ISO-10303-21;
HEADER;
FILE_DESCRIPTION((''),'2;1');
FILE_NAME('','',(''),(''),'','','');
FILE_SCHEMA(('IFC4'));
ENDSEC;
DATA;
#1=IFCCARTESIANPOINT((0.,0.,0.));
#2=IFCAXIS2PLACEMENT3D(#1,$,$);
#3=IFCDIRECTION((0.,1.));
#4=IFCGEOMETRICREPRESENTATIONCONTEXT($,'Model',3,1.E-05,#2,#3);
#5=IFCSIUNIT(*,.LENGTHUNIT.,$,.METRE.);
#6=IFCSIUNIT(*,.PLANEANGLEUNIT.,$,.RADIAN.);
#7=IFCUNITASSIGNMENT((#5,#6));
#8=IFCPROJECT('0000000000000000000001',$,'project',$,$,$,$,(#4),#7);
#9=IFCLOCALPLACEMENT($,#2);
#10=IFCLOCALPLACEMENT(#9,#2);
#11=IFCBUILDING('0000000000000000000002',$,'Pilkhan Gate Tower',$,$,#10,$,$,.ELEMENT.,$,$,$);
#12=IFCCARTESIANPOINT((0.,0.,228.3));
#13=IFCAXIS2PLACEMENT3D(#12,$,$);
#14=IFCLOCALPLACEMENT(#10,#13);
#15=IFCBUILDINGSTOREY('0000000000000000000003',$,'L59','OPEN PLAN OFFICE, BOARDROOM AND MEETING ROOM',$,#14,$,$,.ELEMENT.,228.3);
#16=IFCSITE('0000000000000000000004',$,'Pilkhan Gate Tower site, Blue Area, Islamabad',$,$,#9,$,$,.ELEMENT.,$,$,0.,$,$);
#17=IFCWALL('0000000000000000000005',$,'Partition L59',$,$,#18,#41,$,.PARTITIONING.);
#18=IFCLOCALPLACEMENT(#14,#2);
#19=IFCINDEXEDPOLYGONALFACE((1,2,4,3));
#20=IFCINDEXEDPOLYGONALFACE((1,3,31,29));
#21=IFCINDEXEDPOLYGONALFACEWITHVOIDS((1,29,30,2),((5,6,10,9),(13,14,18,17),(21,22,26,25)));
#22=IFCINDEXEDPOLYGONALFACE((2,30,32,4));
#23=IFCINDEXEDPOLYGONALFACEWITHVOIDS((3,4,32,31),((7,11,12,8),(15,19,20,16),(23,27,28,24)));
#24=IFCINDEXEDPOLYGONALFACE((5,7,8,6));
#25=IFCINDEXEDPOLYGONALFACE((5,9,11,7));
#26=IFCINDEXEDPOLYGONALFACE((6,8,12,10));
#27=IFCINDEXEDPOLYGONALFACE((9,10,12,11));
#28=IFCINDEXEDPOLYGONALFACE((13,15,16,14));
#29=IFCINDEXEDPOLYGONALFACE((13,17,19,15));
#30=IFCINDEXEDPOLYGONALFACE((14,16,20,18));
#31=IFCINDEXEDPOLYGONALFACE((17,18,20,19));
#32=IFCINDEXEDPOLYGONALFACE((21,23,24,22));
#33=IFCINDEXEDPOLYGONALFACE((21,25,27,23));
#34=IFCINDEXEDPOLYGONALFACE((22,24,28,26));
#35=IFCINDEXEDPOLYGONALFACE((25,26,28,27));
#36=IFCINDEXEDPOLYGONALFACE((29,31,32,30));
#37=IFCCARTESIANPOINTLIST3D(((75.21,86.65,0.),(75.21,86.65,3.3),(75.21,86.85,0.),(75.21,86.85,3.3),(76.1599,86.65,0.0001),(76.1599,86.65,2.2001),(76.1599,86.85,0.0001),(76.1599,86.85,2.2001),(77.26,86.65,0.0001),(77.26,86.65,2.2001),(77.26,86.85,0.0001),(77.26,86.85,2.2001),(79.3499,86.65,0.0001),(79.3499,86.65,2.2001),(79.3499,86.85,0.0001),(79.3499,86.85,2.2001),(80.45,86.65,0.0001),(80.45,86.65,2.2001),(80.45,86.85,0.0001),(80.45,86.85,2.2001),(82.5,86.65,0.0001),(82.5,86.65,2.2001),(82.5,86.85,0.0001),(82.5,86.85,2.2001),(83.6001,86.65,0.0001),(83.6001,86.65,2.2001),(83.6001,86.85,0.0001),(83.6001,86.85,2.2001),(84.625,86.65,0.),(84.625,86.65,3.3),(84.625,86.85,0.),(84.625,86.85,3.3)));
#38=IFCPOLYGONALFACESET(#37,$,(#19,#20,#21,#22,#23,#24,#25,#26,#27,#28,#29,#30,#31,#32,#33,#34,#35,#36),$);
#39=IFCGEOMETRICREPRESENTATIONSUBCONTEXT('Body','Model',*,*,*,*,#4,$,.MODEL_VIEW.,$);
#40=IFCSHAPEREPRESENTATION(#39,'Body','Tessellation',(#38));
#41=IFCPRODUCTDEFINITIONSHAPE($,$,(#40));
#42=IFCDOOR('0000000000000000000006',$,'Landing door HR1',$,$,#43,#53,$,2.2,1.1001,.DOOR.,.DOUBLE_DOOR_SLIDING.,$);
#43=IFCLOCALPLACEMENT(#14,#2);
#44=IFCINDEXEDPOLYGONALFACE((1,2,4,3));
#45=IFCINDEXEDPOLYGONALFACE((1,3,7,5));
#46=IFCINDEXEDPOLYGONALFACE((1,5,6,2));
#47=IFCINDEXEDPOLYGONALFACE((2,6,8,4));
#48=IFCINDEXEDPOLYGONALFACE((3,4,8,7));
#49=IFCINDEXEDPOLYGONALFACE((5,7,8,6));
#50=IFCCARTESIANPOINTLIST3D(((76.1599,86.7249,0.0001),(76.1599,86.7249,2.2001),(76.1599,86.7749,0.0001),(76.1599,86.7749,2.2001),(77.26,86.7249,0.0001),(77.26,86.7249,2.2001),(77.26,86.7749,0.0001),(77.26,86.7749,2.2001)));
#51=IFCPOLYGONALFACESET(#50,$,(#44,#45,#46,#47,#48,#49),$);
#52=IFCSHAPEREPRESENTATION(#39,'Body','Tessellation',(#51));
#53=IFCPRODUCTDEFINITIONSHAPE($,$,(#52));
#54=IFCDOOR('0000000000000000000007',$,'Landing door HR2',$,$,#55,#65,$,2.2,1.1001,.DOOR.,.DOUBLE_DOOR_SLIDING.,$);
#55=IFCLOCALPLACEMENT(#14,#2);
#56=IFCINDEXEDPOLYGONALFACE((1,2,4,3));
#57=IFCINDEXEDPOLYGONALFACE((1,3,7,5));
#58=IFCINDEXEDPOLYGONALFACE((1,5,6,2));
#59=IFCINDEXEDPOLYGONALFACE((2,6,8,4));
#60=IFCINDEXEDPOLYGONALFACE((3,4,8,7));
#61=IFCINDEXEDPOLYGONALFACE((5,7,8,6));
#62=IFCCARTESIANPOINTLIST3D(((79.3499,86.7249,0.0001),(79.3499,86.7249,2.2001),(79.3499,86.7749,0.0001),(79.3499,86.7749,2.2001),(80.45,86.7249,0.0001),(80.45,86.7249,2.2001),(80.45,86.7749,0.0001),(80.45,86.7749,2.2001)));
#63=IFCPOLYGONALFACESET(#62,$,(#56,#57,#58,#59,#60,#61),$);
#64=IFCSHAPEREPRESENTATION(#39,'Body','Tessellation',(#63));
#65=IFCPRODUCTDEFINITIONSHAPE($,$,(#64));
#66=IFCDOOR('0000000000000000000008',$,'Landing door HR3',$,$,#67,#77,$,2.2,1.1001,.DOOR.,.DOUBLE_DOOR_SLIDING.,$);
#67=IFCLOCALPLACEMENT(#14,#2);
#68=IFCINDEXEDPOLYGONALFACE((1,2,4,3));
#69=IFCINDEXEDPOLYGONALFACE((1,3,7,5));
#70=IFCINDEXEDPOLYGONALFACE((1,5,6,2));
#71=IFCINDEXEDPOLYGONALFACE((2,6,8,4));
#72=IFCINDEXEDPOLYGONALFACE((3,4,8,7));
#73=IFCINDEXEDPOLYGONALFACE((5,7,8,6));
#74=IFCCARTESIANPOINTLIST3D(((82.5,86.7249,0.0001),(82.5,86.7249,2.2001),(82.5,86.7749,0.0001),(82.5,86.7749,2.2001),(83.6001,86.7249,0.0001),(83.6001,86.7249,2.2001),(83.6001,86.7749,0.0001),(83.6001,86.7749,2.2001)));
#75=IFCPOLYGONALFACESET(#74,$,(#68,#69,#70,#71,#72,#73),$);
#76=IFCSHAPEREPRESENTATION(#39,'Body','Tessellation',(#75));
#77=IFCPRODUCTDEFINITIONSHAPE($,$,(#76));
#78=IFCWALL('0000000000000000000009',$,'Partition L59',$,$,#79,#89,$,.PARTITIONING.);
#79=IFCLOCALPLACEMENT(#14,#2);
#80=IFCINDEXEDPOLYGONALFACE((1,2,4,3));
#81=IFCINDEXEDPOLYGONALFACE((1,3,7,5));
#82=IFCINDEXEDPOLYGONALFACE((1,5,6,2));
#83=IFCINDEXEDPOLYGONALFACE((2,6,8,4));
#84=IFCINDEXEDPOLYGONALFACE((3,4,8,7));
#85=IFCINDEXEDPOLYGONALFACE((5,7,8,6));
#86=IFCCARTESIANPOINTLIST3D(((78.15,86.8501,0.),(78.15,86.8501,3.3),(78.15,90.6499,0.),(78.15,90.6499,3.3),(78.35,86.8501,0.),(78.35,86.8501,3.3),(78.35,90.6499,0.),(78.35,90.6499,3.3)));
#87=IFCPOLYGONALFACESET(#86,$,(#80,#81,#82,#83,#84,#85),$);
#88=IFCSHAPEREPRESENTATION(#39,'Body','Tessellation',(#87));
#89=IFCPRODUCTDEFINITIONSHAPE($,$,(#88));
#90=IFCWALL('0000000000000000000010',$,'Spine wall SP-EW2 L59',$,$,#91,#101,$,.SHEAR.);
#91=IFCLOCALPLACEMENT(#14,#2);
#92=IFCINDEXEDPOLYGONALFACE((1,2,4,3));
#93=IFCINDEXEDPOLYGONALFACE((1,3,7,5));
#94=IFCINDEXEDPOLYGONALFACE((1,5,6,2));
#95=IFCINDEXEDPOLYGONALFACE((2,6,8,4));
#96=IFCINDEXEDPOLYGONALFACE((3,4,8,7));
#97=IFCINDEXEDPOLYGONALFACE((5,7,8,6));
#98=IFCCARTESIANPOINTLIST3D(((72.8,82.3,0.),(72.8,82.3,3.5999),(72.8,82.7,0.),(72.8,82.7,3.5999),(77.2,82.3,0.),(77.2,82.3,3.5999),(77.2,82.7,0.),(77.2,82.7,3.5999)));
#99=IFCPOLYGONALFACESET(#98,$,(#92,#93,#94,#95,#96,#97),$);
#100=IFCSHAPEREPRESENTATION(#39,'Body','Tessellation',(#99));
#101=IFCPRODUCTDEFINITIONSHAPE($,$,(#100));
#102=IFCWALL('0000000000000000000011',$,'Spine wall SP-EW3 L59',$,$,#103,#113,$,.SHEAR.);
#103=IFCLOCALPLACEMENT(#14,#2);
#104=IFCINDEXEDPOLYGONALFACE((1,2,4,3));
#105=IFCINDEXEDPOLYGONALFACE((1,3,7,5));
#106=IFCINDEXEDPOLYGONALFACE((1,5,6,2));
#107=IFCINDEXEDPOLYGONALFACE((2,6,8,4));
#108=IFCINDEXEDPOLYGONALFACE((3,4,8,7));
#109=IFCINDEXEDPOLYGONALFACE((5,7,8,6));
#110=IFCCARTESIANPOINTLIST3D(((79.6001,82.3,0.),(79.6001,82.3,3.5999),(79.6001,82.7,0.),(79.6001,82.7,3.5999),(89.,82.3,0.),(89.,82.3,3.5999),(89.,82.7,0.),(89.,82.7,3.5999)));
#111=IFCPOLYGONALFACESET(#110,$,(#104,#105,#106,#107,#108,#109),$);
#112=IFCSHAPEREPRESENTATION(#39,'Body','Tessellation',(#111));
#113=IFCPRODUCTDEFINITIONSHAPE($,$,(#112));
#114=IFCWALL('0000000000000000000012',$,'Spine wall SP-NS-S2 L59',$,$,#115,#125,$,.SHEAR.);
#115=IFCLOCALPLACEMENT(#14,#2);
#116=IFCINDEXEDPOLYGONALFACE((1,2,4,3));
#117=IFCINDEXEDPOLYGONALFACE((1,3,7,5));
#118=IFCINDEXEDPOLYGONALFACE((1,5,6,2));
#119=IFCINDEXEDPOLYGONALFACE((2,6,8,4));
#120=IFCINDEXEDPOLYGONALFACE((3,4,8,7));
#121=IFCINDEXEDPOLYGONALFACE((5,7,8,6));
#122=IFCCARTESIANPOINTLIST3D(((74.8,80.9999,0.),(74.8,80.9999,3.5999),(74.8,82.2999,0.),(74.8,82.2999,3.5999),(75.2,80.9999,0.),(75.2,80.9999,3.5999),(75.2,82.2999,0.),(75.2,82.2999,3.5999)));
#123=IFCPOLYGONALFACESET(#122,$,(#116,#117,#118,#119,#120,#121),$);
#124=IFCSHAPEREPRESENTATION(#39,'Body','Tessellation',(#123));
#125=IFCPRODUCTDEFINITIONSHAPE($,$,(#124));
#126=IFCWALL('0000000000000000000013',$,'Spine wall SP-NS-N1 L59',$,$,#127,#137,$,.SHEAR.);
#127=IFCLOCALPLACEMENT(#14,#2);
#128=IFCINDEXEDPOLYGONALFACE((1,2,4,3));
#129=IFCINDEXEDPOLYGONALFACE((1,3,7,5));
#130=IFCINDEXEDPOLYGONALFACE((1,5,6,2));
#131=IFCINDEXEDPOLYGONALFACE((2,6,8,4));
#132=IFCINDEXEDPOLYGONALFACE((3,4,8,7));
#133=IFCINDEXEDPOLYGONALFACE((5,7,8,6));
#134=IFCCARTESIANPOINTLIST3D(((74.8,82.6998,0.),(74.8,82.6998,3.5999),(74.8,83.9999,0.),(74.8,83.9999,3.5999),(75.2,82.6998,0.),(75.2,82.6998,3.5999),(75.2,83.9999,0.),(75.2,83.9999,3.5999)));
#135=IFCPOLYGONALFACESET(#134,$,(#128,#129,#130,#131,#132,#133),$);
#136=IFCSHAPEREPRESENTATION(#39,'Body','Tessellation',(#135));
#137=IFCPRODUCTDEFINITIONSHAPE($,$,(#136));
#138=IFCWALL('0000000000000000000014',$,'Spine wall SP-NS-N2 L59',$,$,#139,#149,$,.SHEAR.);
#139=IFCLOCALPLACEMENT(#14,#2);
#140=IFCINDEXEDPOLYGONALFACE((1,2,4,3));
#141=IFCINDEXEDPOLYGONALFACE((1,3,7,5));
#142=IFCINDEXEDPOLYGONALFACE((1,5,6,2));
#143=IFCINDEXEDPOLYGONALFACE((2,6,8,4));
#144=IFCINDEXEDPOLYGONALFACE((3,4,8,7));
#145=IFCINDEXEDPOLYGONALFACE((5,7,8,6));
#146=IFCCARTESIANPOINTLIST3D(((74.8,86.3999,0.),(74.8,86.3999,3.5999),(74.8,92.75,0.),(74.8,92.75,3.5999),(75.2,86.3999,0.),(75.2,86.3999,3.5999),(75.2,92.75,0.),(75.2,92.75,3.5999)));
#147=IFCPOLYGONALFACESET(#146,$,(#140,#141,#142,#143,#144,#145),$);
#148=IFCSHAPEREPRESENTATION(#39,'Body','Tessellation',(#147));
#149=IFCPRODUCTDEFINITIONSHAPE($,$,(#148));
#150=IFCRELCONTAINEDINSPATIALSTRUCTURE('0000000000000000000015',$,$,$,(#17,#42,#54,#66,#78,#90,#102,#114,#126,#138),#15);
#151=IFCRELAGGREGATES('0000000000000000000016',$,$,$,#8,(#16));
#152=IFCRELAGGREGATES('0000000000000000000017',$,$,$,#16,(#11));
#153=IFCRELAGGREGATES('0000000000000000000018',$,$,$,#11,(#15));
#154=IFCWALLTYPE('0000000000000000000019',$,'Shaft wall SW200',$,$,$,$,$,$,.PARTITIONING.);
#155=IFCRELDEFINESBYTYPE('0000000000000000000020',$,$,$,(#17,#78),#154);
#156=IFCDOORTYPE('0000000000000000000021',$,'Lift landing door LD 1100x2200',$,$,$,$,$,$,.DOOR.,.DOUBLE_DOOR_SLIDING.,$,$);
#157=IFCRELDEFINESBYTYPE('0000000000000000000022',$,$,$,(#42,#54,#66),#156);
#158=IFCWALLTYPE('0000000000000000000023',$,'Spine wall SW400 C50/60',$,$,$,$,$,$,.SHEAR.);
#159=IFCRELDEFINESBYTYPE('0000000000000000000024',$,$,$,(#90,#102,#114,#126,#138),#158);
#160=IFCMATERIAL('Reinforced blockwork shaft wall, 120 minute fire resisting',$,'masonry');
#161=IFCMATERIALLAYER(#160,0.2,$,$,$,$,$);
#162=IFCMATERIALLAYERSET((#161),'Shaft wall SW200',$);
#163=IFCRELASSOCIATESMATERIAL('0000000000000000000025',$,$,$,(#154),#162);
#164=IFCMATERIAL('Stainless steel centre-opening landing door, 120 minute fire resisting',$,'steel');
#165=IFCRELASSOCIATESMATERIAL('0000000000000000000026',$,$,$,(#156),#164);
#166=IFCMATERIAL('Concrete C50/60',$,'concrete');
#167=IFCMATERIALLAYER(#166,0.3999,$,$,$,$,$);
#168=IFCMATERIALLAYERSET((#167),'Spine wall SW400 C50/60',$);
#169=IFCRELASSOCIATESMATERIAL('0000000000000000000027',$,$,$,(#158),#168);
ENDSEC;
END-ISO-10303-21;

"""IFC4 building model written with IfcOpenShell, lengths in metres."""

from ifc_helpers import new_model, si_unit, direction, frame, frame_2d, origin, place, context, subcontext, project, spatial, rectangle, extrude, material, layer, layer_set, type_object, element, fill, save


model = new_model("IFC4")

# Units and contexts
model_context = context("Model", 3, precision=1e-05, world=origin(), true_north=direction((0.0, 1.0)))
body_context = subcontext(model_context, "Body", "Model", "MODEL_VIEW")
ifc_project = project(units=[si_unit("LENGTHUNIT", "METRE"), si_unit("PLANEANGLEUNIT", "RADIAN")], contexts=[model_context])

# Site, building, storey
site_placement = place(None, origin())
site = spatial("IfcSite", under=ifc_project, at=site_placement, Name="Pilkhan Gate Tower site, Blue Area, Islamabad", CompositionType="ELEMENT", RefElevation=0.0)
building_placement = place(site_placement, origin())
building = spatial("IfcBuilding", under=site, at=building_placement, Name="Pilkhan Gate Tower", CompositionType="ELEMENT")
storey_placement = place(building_placement, frame((0.0, 0.0, 228.3)))
storey = spatial("IfcBuildingStorey", under=building, at=storey_placement, Name="L59", Description="OPEN PLAN OFFICE, BOARDROOM AND MEETING ROOM", CompositionType="ELEMENT", Elevation=228.3)

# Shared definitions
ifc_material_1 = material(Name="Concrete C50/60", Category="concrete")

# Wall, openings, doors
ifc_material_2 = material(Name="Reinforced blockwork shaft wall, 120 minute fire resisting", Category="masonry")
ifc_layer_1 = layer(ifc_material_2, 0.2)
ifc_layer_set_1 = layer_set([ifc_layer_1], Name="Shaft wall SW200")
wall_type_1 = type_object("IfcWallType", Name="Shaft wall SW200", PredefinedType="PARTITIONING", material=ifc_layer_set_1)
wall_1_placement = place(storey_placement, frame((75.21, 86.75, 0.0), z_axis=(0.0, 0.0, 1.0), x_axis=(1.0, 0.0, 0.0)))
wall_1 = element("IfcWall", 1, at=wall_1_placement, inside=storey, type_object=wall_type_1, Name="Partition L59", PredefinedType="PARTITIONING", context=body_context, shape_type="SweptSolid", body=[
    extrude(rectangle(XDim=9.415, YDim=0.2, at=frame_2d((4.7075, 0.0))), origin(), (0.0, 0.0, 1.0), 3.3),
])
opening_1_placement = place(wall_1_placement, frame((0.95, 0.0, 0.0)))
opening_1 = element("IfcOpeningElement", 2, at=opening_1_placement, cuts=wall_1, PredefinedType="OPENING", context=body_context, shape_type="SweptSolid", body=[
    extrude(rectangle(XDim=1.1001, YDim=2.2, at=frame_2d((0.55, 1.1001))), frame((0.0, 0.1099, 0.0), z_axis=(0.0, -1.0, 0.0), x_axis=(1.0, 0.0, 0.0)), (0.0, 0.0, 1.0), 0.22),
])
opening_2_placement = place(wall_1_placement, frame((4.1399, 0.0, 0.0)))
opening_2 = element("IfcOpeningElement", 3, at=opening_2_placement, cuts=wall_1, PredefinedType="OPENING", context=body_context, shape_type="SweptSolid", body=[
    extrude(rectangle(XDim=1.1001, YDim=2.2, at=frame_2d((0.55, 1.1001))), frame((0.0, 0.1099, 0.0), z_axis=(0.0, -1.0, 0.0), x_axis=(1.0, 0.0, 0.0)), (0.0, 0.0, 1.0), 0.22),
])
opening_3_placement = place(wall_1_placement, frame((7.29, 0.0, 0.0)))
opening_3 = element("IfcOpeningElement", 4, at=opening_3_placement, cuts=wall_1, PredefinedType="OPENING", context=body_context, shape_type="SweptSolid", body=[
    extrude(rectangle(XDim=1.1001, YDim=2.2, at=frame_2d((0.55, 1.1001))), frame((0.0, 0.1099, 0.0), z_axis=(0.0, -1.0, 0.0), x_axis=(1.0, 0.0, 0.0)), (0.0, 0.0, 1.0), 0.22),
])
ifc_material_3 = material(Name="Stainless steel centre-opening landing door, 120 minute fire resisting", Category="steel")
door_type_1 = type_object("IfcDoorType", Name="Lift landing door LD 1100x2200", OperationType="DOUBLE_DOOR_SLIDING", PredefinedType="DOOR", material=ifc_material_3)
door_1_placement = place(opening_1_placement, origin())
door_1 = element("IfcDoor", 5, at=door_1_placement, inside=storey, type_object=door_type_1, Name="Landing door HR1", OperationType="DOUBLE_DOOR_SLIDING", OverallHeight=2.2, OverallWidth=1.1001, PredefinedType="DOOR", context=body_context, shape_type="SweptSolid", body=[
    extrude(rectangle(XDim=1.1001, YDim=2.2, at=frame_2d((0.55, 1.1001))), frame((0.0, 0.0249, 0.0), z_axis=(0.0, -1.0, 0.0), x_axis=(1.0, 0.0, 0.0)), (0.0, 0.0, 1.0), 0.05),
])
fill(opening_1, door_1)
door_2_placement = place(opening_2_placement, origin())
door_2 = element("IfcDoor", 6, at=door_2_placement, inside=storey, type_object=door_type_1, Name="Landing door HR2", OperationType="DOUBLE_DOOR_SLIDING", OverallHeight=2.2, OverallWidth=1.1001, PredefinedType="DOOR", context=body_context, shape_type="SweptSolid", body=[
    extrude(rectangle(XDim=1.1001, YDim=2.2, at=frame_2d((0.55, 1.1001))), frame((0.0, 0.0249, 0.0), z_axis=(0.0, -1.0, 0.0), x_axis=(1.0, 0.0, 0.0)), (0.0, 0.0, 1.0), 0.05),
])
fill(opening_2, door_2)
door_3_placement = place(opening_3_placement, origin())
door_3 = element("IfcDoor", 7, at=door_3_placement, inside=storey, type_object=door_type_1, Name="Landing door HR3", OperationType="DOUBLE_DOOR_SLIDING", OverallHeight=2.2, OverallWidth=1.1001, PredefinedType="DOOR", context=body_context, shape_type="SweptSolid", body=[
    extrude(rectangle(XDim=1.1001, YDim=2.2, at=frame_2d((0.55, 1.1001))), frame((0.0, 0.0249, 0.0), z_axis=(0.0, -1.0, 0.0), x_axis=(1.0, 0.0, 0.0)), (0.0, 0.0, 1.0), 0.05),
])
fill(opening_3, door_3)

# Walls
wall_2_placement = place(storey_placement, frame((78.25, 86.8501, 0.0), z_axis=(0.0, 0.0, 1.0), x_axis=(0.0, 1.0, 0.0)))
element("IfcWall", 8, at=wall_2_placement, inside=storey, type_object=wall_type_1, Name="Partition L59", PredefinedType="PARTITIONING", context=body_context, shape_type="SweptSolid", body=[
    extrude(rectangle(XDim=3.7998, YDim=0.2, at=frame_2d((1.8999, 0.0))), origin(), (0.0, 0.0, 1.0), 3.3),
])
ifc_layer_2 = layer(ifc_material_1, 0.3999)
ifc_layer_set_2 = layer_set([ifc_layer_2], Name="Spine wall SW400 C50/60")
wall_type_2 = type_object("IfcWallType", Name="Spine wall SW400 C50/60", PredefinedType="SHEAR", material=ifc_layer_set_2)
wall_3_placement = place(storey_placement, frame((72.8, 82.5, 0.0), z_axis=(0.0, 0.0, 1.0), x_axis=(1.0, 0.0, 0.0)))
element("IfcWall", 9, at=wall_3_placement, inside=storey, type_object=wall_type_2, Name="Spine wall SP-EW2 L59", PredefinedType="SHEAR", context=body_context, shape_type="SweptSolid", body=[
    extrude(rectangle(XDim=4.3999, YDim=0.3999, at=frame_2d((2.2, 0.0))), origin(), (0.0, 0.0, 1.0), 3.5999),
])
wall_4_placement = place(storey_placement, frame((79.6001, 82.5, 0.0), z_axis=(0.0, 0.0, 1.0), x_axis=(1.0, 0.0, 0.0)))
element("IfcWall", 10, at=wall_4_placement, inside=storey, type_object=wall_type_2, Name="Spine wall SP-EW3 L59", PredefinedType="SHEAR", context=body_context, shape_type="SweptSolid", body=[
    extrude(rectangle(XDim=9.3999, YDim=0.3999, at=frame_2d((4.7, 0.0))), origin(), (0.0, 0.0, 1.0), 3.5999),
])
for number, where, z_axis, x_axis, name in (
    (11, (75.0, 81.0, 0.0), (0.0, 0.0, 1.0), (0.0, 1.0, 0.0), "Spine wall SP-NS-S2 L59"),
    (12, (75.0, 82.7, 0.0), (0.0, 0.0, 1.0), (0.0, 1.0, 0.0), "Spine wall SP-NS-N1 L59"),
):
    element("IfcWall", number, at=place(storey_placement, frame(where, z_axis=z_axis, x_axis=x_axis)), inside=storey, type_object=wall_type_2, Name=name, PredefinedType="SHEAR", context=body_context, shape_type="SweptSolid", body=[
        extrude(rectangle(XDim=1.3, YDim=0.3999, at=frame_2d((0.6499, 0.0))), origin(), (0.0, 0.0, 1.0), 3.5999),
    ])
wall_5_placement = place(storey_placement, frame((75.0, 86.3999, 0.0), z_axis=(0.0, 0.0, 1.0), x_axis=(0.0, 1.0, 0.0)))
element("IfcWall", 13, at=wall_5_placement, inside=storey, type_object=wall_type_2, Name="Spine wall SP-NS-N2 L59", PredefinedType="SHEAR", context=body_context, shape_type="SweptSolid", body=[
    extrude(rectangle(XDim=6.3501, YDim=0.3999, at=frame_2d((3.175, 0.0))), origin(), (0.0, 0.0, 1.0), 3.5999),
])

save(model, "model.ifc")
